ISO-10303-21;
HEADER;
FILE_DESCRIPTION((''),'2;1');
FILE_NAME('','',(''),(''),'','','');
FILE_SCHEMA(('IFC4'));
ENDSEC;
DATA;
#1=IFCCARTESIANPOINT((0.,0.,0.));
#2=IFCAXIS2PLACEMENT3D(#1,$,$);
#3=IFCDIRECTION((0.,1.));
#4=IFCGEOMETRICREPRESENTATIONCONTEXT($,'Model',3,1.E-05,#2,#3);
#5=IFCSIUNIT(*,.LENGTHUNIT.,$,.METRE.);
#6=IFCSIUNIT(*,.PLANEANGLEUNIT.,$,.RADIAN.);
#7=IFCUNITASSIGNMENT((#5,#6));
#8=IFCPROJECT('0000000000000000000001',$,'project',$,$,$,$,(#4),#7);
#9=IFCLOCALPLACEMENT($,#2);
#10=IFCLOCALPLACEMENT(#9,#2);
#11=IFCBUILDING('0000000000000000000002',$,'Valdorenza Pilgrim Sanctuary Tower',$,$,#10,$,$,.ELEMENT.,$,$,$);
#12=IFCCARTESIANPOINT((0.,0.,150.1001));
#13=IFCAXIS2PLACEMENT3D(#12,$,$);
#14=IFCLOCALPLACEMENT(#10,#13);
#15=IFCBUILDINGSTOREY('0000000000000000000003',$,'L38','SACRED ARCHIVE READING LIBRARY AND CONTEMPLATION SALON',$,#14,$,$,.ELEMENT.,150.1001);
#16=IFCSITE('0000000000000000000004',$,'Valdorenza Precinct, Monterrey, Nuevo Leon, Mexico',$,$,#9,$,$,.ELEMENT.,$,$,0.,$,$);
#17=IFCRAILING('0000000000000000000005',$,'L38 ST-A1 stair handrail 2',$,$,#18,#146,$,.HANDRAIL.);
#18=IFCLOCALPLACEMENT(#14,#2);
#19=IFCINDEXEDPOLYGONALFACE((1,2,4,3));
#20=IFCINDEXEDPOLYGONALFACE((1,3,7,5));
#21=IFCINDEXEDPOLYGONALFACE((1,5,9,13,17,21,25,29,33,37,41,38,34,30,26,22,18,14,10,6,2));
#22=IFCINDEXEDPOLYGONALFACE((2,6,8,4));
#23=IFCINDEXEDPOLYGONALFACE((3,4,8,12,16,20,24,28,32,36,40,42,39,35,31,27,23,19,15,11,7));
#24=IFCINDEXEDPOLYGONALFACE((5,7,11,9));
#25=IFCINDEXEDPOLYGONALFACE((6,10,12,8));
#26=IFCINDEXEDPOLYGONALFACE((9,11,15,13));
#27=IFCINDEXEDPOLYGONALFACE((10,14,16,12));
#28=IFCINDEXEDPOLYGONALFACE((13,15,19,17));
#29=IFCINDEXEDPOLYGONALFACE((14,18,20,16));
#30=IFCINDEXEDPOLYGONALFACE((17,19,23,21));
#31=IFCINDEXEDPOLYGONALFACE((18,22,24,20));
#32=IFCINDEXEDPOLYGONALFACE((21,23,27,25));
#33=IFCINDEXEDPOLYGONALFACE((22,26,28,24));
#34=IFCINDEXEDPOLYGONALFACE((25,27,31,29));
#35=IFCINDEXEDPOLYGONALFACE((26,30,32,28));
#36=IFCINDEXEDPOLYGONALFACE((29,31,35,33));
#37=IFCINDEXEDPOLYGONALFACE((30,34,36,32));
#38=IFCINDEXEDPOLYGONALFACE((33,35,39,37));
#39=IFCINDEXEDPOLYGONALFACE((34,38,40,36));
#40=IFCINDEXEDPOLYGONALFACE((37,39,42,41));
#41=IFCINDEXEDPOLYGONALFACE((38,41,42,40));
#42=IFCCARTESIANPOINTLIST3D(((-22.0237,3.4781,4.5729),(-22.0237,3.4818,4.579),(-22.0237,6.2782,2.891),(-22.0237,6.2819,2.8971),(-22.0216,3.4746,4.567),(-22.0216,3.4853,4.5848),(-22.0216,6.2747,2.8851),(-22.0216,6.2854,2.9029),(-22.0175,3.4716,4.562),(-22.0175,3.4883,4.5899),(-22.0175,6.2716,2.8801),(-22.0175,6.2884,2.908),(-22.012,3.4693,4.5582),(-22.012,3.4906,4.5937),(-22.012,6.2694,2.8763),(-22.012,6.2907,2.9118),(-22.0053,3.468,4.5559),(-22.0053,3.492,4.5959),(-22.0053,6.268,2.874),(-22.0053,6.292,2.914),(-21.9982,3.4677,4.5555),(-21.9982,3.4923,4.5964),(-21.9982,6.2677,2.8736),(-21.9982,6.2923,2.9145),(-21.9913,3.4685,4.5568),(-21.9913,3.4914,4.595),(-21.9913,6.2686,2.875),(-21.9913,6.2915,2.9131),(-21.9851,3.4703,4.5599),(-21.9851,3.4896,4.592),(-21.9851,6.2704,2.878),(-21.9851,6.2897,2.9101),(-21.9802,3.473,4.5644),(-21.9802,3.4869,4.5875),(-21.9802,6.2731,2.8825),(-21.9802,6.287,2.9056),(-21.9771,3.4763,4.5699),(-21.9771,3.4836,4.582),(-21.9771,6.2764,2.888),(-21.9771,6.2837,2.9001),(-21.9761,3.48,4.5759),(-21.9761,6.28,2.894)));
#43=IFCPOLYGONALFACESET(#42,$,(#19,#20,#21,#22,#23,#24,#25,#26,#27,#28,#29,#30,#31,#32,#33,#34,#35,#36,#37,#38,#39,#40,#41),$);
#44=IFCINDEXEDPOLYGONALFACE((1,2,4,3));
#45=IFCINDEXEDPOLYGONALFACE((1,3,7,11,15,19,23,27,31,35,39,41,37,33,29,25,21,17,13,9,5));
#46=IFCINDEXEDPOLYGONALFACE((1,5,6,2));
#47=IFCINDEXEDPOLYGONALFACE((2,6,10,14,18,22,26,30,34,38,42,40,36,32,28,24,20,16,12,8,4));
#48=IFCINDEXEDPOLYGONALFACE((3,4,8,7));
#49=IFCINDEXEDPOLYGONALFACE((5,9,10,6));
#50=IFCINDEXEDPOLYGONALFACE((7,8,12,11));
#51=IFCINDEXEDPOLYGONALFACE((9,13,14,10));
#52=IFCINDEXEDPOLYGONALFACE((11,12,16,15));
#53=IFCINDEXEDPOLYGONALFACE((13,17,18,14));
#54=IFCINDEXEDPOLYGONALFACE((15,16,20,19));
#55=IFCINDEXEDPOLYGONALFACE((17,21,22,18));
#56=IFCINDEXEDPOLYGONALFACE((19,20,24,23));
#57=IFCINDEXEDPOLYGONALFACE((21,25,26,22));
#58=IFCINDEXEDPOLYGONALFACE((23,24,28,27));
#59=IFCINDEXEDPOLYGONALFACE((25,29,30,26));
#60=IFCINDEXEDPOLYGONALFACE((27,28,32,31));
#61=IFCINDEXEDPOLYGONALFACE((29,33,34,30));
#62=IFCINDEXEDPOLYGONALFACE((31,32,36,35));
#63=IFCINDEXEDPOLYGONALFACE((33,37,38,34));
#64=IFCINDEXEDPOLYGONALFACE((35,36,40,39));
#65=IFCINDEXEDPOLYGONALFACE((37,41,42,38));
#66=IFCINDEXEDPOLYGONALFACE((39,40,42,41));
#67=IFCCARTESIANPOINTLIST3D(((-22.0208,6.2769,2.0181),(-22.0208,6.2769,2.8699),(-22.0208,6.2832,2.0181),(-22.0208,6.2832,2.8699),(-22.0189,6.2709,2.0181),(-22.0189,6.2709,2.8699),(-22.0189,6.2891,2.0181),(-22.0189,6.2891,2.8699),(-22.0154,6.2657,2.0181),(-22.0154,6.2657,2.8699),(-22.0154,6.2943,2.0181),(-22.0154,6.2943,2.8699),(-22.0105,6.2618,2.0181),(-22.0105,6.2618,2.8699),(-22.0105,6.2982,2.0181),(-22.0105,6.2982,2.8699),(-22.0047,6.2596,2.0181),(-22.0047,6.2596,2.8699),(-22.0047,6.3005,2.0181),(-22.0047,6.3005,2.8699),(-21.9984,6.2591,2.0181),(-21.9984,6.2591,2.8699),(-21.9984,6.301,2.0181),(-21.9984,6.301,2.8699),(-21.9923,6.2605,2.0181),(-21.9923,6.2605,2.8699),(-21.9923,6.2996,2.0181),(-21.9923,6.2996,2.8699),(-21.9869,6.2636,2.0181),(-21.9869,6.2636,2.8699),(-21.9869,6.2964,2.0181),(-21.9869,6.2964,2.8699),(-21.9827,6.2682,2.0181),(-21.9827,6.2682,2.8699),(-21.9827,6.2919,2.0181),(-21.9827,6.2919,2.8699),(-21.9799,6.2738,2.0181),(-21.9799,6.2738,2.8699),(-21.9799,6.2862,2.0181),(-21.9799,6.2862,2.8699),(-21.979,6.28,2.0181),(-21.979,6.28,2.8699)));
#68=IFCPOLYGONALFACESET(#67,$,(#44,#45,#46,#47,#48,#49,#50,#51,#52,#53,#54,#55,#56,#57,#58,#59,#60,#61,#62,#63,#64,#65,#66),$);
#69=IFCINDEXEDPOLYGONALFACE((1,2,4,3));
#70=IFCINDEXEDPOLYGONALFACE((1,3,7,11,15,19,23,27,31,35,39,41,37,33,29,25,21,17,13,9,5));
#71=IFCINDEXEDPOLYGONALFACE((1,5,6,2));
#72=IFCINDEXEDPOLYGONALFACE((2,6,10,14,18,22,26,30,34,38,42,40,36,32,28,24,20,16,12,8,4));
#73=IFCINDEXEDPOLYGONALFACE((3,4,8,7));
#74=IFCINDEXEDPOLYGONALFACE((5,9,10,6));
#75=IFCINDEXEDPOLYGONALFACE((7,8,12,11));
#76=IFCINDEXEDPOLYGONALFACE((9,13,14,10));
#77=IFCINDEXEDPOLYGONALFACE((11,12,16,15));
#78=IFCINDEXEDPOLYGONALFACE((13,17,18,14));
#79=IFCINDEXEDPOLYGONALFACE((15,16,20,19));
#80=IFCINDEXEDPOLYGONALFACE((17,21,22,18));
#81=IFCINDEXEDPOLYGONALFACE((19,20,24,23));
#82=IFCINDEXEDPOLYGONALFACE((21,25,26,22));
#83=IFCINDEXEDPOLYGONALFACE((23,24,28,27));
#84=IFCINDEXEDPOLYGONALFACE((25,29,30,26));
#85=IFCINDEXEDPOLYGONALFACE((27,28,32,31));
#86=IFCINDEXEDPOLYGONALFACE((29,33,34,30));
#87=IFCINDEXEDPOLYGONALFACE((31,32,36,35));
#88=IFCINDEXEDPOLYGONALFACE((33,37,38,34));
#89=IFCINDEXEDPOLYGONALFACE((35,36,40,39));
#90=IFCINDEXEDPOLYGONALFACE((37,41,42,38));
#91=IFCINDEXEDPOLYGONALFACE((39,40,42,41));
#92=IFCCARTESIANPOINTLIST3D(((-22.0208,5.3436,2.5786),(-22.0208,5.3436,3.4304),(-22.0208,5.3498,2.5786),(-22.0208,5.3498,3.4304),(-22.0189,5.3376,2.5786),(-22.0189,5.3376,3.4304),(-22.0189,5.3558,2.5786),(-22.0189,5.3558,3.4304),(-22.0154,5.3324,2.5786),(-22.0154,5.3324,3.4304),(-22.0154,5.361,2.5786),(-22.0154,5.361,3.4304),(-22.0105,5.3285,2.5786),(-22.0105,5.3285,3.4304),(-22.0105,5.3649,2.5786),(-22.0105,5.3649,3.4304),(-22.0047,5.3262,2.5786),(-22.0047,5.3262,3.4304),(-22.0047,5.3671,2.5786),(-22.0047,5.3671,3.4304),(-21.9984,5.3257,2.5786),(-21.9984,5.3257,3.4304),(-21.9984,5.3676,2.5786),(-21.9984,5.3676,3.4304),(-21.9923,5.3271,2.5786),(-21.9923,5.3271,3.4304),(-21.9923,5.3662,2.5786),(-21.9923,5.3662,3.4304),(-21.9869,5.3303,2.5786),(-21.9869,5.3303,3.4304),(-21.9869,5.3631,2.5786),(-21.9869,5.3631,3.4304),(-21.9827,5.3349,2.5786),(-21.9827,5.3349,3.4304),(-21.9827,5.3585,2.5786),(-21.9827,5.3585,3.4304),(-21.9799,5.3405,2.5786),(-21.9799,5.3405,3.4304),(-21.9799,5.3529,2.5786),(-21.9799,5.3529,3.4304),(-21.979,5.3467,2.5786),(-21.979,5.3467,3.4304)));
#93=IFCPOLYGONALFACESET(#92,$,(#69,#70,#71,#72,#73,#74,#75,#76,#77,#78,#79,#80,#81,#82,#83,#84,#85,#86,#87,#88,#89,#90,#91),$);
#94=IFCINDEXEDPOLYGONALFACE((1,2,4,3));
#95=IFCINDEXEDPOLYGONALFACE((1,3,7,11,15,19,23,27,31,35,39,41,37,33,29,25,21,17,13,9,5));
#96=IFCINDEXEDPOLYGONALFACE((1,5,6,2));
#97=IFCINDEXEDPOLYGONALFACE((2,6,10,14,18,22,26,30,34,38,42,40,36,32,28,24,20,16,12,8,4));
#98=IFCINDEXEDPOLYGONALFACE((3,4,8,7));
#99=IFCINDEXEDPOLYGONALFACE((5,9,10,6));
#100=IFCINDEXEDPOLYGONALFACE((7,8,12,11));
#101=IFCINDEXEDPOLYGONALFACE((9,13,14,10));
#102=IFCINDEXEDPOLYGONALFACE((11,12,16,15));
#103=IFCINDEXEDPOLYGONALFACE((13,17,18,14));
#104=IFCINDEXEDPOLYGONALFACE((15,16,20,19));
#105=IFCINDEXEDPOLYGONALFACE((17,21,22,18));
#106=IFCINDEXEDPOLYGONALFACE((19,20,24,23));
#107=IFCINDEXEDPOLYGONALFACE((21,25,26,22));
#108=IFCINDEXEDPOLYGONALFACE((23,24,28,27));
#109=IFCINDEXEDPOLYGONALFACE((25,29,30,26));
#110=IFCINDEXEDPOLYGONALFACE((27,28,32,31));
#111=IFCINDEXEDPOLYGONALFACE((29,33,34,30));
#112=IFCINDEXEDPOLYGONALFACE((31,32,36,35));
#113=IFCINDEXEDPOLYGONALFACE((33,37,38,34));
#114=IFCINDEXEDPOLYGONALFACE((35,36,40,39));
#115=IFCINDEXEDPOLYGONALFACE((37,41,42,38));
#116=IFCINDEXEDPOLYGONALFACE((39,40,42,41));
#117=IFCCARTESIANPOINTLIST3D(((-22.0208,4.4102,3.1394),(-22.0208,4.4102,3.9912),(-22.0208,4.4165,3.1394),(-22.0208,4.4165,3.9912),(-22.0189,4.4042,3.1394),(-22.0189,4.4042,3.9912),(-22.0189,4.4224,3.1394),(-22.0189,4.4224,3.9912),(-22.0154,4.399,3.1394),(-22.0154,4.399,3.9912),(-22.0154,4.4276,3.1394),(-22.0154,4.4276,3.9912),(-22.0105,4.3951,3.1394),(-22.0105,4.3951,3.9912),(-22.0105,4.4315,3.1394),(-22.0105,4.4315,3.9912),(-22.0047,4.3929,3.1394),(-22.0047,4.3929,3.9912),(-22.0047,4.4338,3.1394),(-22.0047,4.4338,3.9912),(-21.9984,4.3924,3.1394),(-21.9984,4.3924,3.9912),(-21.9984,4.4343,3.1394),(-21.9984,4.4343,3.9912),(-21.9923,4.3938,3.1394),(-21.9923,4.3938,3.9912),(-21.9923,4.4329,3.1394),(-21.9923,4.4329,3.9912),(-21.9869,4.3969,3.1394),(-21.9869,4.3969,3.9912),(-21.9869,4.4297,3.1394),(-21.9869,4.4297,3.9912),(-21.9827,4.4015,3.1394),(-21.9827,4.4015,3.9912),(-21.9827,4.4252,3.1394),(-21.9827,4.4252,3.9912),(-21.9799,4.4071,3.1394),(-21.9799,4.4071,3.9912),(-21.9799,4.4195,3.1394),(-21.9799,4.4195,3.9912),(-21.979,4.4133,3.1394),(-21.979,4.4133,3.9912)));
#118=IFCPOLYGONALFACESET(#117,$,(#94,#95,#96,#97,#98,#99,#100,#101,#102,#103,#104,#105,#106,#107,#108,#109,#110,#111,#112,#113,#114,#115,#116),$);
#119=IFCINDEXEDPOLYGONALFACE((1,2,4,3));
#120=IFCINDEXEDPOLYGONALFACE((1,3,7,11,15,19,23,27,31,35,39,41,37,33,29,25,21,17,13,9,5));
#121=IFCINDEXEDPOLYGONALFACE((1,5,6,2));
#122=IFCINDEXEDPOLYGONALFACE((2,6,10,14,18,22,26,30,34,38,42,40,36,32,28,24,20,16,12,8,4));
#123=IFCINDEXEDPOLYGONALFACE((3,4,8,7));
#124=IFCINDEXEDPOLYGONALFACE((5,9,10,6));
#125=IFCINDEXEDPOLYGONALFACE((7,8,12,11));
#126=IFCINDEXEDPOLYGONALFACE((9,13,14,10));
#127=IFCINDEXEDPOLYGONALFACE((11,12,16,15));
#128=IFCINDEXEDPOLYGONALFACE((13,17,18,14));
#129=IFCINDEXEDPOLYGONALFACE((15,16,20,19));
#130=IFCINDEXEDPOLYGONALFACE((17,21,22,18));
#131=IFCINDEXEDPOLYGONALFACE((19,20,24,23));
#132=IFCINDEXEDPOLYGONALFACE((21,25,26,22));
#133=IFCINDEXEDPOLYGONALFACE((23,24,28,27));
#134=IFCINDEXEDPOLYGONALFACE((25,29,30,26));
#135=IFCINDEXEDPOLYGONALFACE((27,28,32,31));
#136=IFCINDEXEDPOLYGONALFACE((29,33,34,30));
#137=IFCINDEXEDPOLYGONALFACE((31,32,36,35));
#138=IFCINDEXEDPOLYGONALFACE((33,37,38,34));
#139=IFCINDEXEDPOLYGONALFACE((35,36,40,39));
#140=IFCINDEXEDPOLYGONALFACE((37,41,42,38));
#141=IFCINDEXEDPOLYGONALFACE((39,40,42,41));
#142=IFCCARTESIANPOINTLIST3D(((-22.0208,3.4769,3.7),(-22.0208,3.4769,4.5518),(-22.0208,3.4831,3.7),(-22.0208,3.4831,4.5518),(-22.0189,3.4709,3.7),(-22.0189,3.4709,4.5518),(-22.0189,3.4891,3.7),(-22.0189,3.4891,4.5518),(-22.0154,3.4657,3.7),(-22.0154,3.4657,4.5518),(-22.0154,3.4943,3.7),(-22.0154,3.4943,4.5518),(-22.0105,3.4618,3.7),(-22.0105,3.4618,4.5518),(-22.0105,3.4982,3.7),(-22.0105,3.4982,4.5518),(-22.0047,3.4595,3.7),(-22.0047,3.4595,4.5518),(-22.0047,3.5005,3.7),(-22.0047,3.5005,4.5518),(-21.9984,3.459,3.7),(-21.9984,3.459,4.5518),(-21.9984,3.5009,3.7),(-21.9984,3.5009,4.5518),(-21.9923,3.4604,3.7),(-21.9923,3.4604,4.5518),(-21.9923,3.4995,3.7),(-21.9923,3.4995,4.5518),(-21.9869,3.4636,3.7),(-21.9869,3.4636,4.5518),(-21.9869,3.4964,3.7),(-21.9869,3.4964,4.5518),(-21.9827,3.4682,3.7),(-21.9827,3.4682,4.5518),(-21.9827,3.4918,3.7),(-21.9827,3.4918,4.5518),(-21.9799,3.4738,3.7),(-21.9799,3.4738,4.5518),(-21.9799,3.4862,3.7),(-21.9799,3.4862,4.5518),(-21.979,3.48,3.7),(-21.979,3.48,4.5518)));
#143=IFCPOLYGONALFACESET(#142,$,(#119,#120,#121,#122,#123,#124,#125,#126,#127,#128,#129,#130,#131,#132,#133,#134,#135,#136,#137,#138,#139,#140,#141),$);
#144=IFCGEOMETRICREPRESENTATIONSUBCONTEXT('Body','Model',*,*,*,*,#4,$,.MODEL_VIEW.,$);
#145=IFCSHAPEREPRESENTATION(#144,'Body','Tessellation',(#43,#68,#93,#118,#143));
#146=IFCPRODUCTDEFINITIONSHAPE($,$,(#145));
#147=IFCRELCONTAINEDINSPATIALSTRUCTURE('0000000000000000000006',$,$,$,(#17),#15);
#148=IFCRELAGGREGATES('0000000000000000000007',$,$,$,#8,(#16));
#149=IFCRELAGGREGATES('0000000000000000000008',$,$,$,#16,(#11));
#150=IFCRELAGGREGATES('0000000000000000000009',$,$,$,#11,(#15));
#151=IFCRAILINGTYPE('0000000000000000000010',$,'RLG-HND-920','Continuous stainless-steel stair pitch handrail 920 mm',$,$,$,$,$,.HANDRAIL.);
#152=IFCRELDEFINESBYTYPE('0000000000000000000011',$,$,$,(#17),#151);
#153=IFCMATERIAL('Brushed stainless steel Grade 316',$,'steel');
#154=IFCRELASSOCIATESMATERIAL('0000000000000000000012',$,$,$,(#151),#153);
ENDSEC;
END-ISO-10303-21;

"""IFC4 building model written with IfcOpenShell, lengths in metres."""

from ifc_helpers import new_model, si_unit, direction, frame, origin, origin_2d, place, context, subcontext, project, spatial, circle, extrude, material, type_object, element, save


model = new_model("IFC4")

# Units and contexts
model_context = context("Model", 3, precision=1e-05, world=origin(), true_north=direction((0.0, 1.0)))
body_context = subcontext(model_context, "Body", "Model", "MODEL_VIEW")
ifc_project = project(units=[si_unit("LENGTHUNIT", "METRE"), si_unit("PLANEANGLEUNIT", "RADIAN")], contexts=[model_context])

# Site, building, storey
site_placement = place(None, origin())
site = spatial("IfcSite", under=ifc_project, at=site_placement, Name="Valdorenza Precinct, Monterrey, Nuevo Leon, Mexico", CompositionType="ELEMENT", RefElevation=0.0)
building_placement = place(site_placement, origin())
building = spatial("IfcBuilding", under=site, at=building_placement, Name="Valdorenza Pilgrim Sanctuary Tower", CompositionType="ELEMENT")
storey_placement = place(building_placement, frame((0.0, 0.0, 150.1001)))
storey = spatial("IfcBuildingStorey", under=building, at=storey_placement, Name="L38", Description="SACRED ARCHIVE READING LIBRARY AND CONTEMPLATION SALON", CompositionType="ELEMENT", Elevation=150.1001)

# Railing
ifc_material_1 = material(Name="Brushed stainless steel Grade 316", Category="steel")
railing_type_1 = type_object("IfcRailingType", Name="RLG-HND-920", Description="Continuous stainless-steel stair pitch handrail 920 mm", PredefinedType="HANDRAIL", material=ifc_material_1)
railing_1_placement = place(storey_placement, frame((-22.0, 6.28, 2.0181)))
element("IfcRailing", 1, at=railing_1_placement, inside=storey, type_object=railing_type_1, Name="L38 ST-A1 stair handrail 2", PredefinedType="HANDRAIL", context=body_context, shape_type="SweptSolid", body=[
    extrude(circle(Radius=0.0239, at=origin_2d()), frame((0.0, 0.0, 0.876), z_axis=(0.0, -0.857242, 0.514913), x_axis=(1.0, 0.0, 0.0)), (0.0, 0.0, 1.0), 3.2664),
    extrude(circle(Radius=0.021, at=origin_2d()), origin(), (0.0, 0.0, 1.0), 0.8518),
    extrude(circle(Radius=0.021, at=origin_2d()), frame((0.0, -0.9333, 0.5605)), (0.0, 0.0, 1.0), 0.8518),
    extrude(circle(Radius=0.021, at=origin_2d()), frame((0.0, -1.8667, 1.1213)), (0.0, 0.0, 1.0), 0.8518),
    extrude(circle(Radius=0.021, at=origin_2d()), frame((0.0, -2.8, 1.6819)), (0.0, 0.0, 1.0), 0.8518),
])

save(model, "model.ifc")
